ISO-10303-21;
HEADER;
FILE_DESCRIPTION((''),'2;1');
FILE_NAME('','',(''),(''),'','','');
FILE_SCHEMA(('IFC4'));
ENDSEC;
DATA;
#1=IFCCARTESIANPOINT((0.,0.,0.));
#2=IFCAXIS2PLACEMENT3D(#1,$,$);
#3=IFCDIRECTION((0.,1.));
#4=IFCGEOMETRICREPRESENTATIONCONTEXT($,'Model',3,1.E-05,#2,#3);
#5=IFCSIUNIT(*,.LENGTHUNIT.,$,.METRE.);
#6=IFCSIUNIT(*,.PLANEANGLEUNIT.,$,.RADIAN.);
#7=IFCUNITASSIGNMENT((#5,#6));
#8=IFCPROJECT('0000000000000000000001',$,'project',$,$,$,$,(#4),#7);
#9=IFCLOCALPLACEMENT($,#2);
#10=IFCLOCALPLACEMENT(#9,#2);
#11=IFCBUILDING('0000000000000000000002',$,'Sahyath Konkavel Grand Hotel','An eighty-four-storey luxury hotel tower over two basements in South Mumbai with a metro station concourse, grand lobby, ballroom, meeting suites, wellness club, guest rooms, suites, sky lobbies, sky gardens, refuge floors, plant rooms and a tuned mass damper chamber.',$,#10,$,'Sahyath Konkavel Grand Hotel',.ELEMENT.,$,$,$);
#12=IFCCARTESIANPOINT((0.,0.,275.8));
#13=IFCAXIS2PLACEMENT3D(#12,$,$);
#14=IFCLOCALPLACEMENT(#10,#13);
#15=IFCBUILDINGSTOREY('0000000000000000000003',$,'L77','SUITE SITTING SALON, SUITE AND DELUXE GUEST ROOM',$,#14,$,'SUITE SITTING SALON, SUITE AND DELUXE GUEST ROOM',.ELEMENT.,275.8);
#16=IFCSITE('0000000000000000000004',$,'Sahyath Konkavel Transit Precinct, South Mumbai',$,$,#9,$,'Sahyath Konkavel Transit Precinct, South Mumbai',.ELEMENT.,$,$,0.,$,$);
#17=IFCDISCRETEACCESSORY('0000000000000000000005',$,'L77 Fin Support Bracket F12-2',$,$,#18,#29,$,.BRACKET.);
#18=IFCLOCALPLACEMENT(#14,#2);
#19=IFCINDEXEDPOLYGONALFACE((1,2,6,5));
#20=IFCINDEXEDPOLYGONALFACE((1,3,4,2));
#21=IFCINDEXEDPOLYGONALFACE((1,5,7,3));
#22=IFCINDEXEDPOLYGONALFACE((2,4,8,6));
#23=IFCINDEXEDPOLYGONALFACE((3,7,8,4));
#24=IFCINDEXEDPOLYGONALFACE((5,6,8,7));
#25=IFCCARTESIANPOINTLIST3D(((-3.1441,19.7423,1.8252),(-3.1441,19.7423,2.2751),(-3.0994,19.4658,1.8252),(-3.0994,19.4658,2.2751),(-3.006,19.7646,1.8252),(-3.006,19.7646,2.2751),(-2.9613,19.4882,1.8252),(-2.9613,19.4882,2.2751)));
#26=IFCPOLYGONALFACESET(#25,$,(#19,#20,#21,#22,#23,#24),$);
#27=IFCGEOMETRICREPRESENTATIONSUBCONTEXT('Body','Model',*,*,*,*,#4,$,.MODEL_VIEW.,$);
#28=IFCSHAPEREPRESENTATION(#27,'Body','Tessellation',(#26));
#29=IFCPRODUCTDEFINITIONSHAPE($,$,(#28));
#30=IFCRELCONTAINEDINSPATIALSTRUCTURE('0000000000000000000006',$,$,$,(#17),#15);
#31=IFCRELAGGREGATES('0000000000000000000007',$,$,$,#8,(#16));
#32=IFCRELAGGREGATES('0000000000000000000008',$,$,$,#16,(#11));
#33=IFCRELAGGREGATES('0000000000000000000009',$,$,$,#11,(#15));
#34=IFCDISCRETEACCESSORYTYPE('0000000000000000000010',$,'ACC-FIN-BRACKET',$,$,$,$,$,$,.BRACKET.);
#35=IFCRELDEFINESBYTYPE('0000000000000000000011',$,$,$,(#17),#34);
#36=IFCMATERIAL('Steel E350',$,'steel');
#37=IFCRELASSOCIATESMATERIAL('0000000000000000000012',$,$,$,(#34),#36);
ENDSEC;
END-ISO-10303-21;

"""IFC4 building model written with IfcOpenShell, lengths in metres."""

from ifc_helpers import new_model, si_unit, direction, frame, origin, origin_2d, place, context, subcontext, project, spatial, rectangle, extrude, source, transform, mapped, material, type_object, element, save


model = new_model("IFC4")

# Units and contexts
model_context = context("Model", 3, precision=1e-05, world=origin(), true_north=direction((0.0, 1.0)))
body_context = subcontext(model_context, "Body", "Model", "MODEL_VIEW")
ifc_project = project(units=[si_unit("LENGTHUNIT", "METRE"), si_unit("PLANEANGLEUNIT", "RADIAN")], contexts=[model_context])

# Site, building, storey
site_placement = place(None, origin())
site = spatial("IfcSite", under=ifc_project, at=site_placement, Name="Sahyath Konkavel Transit Precinct, South Mumbai", LongName="Sahyath Konkavel Transit Precinct, South Mumbai", CompositionType="ELEMENT", RefElevation=0.0)
building_placement = place(site_placement, origin())
building = spatial("IfcBuilding", under=site, at=building_placement, Name="Sahyath Konkavel Grand Hotel", Description="An eighty-four-storey luxury hotel tower over two basements in South Mumbai with a metro station concourse, grand lobby, ballroom, meeting suites, wellness club, guest rooms, suites, sky lobbies, sky gardens, refuge floors, plant rooms and a tuned mass damper chamber.", LongName="Sahyath Konkavel Grand Hotel", CompositionType="ELEMENT")
storey_placement = place(building_placement, frame((0.0, 0.0, 275.8)))
storey = spatial("IfcBuildingStorey", under=building, at=storey_placement, Name="L77", Description="SUITE SITTING SALON, SUITE AND DELUXE GUEST ROOM", LongName="SUITE SITTING SALON, SUITE AND DELUXE GUEST ROOM", CompositionType="ELEMENT", Elevation=275.8)

# Shared definitions
ifc_material_1 = material(Name="Steel E350", Category="steel")

# Discrete accessory
discrete_accessory_type = type_object("IfcDiscreteAccessoryType", Name="ACC-FIN-BRACKET", PredefinedType="BRACKET", material=ifc_material_1)
shared_shape_1 = source(origin(), body_context, "Body", "SweptSolid", [
    extrude(rectangle(XDim=0.28, YDim=0.1399, at=origin_2d()), origin(), (0.0, 0.0, 1.0), 0.45),
])
discrete_accessory_placement = place(storey_placement, frame((-3.0527, 19.6152, 1.8252), z_axis=(0.0, 0.0, 1.0), x_axis=(-0.159623, 0.987178, 0.0)))
element("IfcDiscreteAccessory", 1, at=discrete_accessory_placement, inside=storey, type_object=discrete_accessory_type, Name="L77 Fin Support Bracket F12-2", PredefinedType="BRACKET", context=body_context, shape_type="MappedRepresentation", body=[
    mapped(shared_shape_1, transform((0.0, 0.0, 0.0), scale=1.0)),
])

save(model, "model.ifc")
